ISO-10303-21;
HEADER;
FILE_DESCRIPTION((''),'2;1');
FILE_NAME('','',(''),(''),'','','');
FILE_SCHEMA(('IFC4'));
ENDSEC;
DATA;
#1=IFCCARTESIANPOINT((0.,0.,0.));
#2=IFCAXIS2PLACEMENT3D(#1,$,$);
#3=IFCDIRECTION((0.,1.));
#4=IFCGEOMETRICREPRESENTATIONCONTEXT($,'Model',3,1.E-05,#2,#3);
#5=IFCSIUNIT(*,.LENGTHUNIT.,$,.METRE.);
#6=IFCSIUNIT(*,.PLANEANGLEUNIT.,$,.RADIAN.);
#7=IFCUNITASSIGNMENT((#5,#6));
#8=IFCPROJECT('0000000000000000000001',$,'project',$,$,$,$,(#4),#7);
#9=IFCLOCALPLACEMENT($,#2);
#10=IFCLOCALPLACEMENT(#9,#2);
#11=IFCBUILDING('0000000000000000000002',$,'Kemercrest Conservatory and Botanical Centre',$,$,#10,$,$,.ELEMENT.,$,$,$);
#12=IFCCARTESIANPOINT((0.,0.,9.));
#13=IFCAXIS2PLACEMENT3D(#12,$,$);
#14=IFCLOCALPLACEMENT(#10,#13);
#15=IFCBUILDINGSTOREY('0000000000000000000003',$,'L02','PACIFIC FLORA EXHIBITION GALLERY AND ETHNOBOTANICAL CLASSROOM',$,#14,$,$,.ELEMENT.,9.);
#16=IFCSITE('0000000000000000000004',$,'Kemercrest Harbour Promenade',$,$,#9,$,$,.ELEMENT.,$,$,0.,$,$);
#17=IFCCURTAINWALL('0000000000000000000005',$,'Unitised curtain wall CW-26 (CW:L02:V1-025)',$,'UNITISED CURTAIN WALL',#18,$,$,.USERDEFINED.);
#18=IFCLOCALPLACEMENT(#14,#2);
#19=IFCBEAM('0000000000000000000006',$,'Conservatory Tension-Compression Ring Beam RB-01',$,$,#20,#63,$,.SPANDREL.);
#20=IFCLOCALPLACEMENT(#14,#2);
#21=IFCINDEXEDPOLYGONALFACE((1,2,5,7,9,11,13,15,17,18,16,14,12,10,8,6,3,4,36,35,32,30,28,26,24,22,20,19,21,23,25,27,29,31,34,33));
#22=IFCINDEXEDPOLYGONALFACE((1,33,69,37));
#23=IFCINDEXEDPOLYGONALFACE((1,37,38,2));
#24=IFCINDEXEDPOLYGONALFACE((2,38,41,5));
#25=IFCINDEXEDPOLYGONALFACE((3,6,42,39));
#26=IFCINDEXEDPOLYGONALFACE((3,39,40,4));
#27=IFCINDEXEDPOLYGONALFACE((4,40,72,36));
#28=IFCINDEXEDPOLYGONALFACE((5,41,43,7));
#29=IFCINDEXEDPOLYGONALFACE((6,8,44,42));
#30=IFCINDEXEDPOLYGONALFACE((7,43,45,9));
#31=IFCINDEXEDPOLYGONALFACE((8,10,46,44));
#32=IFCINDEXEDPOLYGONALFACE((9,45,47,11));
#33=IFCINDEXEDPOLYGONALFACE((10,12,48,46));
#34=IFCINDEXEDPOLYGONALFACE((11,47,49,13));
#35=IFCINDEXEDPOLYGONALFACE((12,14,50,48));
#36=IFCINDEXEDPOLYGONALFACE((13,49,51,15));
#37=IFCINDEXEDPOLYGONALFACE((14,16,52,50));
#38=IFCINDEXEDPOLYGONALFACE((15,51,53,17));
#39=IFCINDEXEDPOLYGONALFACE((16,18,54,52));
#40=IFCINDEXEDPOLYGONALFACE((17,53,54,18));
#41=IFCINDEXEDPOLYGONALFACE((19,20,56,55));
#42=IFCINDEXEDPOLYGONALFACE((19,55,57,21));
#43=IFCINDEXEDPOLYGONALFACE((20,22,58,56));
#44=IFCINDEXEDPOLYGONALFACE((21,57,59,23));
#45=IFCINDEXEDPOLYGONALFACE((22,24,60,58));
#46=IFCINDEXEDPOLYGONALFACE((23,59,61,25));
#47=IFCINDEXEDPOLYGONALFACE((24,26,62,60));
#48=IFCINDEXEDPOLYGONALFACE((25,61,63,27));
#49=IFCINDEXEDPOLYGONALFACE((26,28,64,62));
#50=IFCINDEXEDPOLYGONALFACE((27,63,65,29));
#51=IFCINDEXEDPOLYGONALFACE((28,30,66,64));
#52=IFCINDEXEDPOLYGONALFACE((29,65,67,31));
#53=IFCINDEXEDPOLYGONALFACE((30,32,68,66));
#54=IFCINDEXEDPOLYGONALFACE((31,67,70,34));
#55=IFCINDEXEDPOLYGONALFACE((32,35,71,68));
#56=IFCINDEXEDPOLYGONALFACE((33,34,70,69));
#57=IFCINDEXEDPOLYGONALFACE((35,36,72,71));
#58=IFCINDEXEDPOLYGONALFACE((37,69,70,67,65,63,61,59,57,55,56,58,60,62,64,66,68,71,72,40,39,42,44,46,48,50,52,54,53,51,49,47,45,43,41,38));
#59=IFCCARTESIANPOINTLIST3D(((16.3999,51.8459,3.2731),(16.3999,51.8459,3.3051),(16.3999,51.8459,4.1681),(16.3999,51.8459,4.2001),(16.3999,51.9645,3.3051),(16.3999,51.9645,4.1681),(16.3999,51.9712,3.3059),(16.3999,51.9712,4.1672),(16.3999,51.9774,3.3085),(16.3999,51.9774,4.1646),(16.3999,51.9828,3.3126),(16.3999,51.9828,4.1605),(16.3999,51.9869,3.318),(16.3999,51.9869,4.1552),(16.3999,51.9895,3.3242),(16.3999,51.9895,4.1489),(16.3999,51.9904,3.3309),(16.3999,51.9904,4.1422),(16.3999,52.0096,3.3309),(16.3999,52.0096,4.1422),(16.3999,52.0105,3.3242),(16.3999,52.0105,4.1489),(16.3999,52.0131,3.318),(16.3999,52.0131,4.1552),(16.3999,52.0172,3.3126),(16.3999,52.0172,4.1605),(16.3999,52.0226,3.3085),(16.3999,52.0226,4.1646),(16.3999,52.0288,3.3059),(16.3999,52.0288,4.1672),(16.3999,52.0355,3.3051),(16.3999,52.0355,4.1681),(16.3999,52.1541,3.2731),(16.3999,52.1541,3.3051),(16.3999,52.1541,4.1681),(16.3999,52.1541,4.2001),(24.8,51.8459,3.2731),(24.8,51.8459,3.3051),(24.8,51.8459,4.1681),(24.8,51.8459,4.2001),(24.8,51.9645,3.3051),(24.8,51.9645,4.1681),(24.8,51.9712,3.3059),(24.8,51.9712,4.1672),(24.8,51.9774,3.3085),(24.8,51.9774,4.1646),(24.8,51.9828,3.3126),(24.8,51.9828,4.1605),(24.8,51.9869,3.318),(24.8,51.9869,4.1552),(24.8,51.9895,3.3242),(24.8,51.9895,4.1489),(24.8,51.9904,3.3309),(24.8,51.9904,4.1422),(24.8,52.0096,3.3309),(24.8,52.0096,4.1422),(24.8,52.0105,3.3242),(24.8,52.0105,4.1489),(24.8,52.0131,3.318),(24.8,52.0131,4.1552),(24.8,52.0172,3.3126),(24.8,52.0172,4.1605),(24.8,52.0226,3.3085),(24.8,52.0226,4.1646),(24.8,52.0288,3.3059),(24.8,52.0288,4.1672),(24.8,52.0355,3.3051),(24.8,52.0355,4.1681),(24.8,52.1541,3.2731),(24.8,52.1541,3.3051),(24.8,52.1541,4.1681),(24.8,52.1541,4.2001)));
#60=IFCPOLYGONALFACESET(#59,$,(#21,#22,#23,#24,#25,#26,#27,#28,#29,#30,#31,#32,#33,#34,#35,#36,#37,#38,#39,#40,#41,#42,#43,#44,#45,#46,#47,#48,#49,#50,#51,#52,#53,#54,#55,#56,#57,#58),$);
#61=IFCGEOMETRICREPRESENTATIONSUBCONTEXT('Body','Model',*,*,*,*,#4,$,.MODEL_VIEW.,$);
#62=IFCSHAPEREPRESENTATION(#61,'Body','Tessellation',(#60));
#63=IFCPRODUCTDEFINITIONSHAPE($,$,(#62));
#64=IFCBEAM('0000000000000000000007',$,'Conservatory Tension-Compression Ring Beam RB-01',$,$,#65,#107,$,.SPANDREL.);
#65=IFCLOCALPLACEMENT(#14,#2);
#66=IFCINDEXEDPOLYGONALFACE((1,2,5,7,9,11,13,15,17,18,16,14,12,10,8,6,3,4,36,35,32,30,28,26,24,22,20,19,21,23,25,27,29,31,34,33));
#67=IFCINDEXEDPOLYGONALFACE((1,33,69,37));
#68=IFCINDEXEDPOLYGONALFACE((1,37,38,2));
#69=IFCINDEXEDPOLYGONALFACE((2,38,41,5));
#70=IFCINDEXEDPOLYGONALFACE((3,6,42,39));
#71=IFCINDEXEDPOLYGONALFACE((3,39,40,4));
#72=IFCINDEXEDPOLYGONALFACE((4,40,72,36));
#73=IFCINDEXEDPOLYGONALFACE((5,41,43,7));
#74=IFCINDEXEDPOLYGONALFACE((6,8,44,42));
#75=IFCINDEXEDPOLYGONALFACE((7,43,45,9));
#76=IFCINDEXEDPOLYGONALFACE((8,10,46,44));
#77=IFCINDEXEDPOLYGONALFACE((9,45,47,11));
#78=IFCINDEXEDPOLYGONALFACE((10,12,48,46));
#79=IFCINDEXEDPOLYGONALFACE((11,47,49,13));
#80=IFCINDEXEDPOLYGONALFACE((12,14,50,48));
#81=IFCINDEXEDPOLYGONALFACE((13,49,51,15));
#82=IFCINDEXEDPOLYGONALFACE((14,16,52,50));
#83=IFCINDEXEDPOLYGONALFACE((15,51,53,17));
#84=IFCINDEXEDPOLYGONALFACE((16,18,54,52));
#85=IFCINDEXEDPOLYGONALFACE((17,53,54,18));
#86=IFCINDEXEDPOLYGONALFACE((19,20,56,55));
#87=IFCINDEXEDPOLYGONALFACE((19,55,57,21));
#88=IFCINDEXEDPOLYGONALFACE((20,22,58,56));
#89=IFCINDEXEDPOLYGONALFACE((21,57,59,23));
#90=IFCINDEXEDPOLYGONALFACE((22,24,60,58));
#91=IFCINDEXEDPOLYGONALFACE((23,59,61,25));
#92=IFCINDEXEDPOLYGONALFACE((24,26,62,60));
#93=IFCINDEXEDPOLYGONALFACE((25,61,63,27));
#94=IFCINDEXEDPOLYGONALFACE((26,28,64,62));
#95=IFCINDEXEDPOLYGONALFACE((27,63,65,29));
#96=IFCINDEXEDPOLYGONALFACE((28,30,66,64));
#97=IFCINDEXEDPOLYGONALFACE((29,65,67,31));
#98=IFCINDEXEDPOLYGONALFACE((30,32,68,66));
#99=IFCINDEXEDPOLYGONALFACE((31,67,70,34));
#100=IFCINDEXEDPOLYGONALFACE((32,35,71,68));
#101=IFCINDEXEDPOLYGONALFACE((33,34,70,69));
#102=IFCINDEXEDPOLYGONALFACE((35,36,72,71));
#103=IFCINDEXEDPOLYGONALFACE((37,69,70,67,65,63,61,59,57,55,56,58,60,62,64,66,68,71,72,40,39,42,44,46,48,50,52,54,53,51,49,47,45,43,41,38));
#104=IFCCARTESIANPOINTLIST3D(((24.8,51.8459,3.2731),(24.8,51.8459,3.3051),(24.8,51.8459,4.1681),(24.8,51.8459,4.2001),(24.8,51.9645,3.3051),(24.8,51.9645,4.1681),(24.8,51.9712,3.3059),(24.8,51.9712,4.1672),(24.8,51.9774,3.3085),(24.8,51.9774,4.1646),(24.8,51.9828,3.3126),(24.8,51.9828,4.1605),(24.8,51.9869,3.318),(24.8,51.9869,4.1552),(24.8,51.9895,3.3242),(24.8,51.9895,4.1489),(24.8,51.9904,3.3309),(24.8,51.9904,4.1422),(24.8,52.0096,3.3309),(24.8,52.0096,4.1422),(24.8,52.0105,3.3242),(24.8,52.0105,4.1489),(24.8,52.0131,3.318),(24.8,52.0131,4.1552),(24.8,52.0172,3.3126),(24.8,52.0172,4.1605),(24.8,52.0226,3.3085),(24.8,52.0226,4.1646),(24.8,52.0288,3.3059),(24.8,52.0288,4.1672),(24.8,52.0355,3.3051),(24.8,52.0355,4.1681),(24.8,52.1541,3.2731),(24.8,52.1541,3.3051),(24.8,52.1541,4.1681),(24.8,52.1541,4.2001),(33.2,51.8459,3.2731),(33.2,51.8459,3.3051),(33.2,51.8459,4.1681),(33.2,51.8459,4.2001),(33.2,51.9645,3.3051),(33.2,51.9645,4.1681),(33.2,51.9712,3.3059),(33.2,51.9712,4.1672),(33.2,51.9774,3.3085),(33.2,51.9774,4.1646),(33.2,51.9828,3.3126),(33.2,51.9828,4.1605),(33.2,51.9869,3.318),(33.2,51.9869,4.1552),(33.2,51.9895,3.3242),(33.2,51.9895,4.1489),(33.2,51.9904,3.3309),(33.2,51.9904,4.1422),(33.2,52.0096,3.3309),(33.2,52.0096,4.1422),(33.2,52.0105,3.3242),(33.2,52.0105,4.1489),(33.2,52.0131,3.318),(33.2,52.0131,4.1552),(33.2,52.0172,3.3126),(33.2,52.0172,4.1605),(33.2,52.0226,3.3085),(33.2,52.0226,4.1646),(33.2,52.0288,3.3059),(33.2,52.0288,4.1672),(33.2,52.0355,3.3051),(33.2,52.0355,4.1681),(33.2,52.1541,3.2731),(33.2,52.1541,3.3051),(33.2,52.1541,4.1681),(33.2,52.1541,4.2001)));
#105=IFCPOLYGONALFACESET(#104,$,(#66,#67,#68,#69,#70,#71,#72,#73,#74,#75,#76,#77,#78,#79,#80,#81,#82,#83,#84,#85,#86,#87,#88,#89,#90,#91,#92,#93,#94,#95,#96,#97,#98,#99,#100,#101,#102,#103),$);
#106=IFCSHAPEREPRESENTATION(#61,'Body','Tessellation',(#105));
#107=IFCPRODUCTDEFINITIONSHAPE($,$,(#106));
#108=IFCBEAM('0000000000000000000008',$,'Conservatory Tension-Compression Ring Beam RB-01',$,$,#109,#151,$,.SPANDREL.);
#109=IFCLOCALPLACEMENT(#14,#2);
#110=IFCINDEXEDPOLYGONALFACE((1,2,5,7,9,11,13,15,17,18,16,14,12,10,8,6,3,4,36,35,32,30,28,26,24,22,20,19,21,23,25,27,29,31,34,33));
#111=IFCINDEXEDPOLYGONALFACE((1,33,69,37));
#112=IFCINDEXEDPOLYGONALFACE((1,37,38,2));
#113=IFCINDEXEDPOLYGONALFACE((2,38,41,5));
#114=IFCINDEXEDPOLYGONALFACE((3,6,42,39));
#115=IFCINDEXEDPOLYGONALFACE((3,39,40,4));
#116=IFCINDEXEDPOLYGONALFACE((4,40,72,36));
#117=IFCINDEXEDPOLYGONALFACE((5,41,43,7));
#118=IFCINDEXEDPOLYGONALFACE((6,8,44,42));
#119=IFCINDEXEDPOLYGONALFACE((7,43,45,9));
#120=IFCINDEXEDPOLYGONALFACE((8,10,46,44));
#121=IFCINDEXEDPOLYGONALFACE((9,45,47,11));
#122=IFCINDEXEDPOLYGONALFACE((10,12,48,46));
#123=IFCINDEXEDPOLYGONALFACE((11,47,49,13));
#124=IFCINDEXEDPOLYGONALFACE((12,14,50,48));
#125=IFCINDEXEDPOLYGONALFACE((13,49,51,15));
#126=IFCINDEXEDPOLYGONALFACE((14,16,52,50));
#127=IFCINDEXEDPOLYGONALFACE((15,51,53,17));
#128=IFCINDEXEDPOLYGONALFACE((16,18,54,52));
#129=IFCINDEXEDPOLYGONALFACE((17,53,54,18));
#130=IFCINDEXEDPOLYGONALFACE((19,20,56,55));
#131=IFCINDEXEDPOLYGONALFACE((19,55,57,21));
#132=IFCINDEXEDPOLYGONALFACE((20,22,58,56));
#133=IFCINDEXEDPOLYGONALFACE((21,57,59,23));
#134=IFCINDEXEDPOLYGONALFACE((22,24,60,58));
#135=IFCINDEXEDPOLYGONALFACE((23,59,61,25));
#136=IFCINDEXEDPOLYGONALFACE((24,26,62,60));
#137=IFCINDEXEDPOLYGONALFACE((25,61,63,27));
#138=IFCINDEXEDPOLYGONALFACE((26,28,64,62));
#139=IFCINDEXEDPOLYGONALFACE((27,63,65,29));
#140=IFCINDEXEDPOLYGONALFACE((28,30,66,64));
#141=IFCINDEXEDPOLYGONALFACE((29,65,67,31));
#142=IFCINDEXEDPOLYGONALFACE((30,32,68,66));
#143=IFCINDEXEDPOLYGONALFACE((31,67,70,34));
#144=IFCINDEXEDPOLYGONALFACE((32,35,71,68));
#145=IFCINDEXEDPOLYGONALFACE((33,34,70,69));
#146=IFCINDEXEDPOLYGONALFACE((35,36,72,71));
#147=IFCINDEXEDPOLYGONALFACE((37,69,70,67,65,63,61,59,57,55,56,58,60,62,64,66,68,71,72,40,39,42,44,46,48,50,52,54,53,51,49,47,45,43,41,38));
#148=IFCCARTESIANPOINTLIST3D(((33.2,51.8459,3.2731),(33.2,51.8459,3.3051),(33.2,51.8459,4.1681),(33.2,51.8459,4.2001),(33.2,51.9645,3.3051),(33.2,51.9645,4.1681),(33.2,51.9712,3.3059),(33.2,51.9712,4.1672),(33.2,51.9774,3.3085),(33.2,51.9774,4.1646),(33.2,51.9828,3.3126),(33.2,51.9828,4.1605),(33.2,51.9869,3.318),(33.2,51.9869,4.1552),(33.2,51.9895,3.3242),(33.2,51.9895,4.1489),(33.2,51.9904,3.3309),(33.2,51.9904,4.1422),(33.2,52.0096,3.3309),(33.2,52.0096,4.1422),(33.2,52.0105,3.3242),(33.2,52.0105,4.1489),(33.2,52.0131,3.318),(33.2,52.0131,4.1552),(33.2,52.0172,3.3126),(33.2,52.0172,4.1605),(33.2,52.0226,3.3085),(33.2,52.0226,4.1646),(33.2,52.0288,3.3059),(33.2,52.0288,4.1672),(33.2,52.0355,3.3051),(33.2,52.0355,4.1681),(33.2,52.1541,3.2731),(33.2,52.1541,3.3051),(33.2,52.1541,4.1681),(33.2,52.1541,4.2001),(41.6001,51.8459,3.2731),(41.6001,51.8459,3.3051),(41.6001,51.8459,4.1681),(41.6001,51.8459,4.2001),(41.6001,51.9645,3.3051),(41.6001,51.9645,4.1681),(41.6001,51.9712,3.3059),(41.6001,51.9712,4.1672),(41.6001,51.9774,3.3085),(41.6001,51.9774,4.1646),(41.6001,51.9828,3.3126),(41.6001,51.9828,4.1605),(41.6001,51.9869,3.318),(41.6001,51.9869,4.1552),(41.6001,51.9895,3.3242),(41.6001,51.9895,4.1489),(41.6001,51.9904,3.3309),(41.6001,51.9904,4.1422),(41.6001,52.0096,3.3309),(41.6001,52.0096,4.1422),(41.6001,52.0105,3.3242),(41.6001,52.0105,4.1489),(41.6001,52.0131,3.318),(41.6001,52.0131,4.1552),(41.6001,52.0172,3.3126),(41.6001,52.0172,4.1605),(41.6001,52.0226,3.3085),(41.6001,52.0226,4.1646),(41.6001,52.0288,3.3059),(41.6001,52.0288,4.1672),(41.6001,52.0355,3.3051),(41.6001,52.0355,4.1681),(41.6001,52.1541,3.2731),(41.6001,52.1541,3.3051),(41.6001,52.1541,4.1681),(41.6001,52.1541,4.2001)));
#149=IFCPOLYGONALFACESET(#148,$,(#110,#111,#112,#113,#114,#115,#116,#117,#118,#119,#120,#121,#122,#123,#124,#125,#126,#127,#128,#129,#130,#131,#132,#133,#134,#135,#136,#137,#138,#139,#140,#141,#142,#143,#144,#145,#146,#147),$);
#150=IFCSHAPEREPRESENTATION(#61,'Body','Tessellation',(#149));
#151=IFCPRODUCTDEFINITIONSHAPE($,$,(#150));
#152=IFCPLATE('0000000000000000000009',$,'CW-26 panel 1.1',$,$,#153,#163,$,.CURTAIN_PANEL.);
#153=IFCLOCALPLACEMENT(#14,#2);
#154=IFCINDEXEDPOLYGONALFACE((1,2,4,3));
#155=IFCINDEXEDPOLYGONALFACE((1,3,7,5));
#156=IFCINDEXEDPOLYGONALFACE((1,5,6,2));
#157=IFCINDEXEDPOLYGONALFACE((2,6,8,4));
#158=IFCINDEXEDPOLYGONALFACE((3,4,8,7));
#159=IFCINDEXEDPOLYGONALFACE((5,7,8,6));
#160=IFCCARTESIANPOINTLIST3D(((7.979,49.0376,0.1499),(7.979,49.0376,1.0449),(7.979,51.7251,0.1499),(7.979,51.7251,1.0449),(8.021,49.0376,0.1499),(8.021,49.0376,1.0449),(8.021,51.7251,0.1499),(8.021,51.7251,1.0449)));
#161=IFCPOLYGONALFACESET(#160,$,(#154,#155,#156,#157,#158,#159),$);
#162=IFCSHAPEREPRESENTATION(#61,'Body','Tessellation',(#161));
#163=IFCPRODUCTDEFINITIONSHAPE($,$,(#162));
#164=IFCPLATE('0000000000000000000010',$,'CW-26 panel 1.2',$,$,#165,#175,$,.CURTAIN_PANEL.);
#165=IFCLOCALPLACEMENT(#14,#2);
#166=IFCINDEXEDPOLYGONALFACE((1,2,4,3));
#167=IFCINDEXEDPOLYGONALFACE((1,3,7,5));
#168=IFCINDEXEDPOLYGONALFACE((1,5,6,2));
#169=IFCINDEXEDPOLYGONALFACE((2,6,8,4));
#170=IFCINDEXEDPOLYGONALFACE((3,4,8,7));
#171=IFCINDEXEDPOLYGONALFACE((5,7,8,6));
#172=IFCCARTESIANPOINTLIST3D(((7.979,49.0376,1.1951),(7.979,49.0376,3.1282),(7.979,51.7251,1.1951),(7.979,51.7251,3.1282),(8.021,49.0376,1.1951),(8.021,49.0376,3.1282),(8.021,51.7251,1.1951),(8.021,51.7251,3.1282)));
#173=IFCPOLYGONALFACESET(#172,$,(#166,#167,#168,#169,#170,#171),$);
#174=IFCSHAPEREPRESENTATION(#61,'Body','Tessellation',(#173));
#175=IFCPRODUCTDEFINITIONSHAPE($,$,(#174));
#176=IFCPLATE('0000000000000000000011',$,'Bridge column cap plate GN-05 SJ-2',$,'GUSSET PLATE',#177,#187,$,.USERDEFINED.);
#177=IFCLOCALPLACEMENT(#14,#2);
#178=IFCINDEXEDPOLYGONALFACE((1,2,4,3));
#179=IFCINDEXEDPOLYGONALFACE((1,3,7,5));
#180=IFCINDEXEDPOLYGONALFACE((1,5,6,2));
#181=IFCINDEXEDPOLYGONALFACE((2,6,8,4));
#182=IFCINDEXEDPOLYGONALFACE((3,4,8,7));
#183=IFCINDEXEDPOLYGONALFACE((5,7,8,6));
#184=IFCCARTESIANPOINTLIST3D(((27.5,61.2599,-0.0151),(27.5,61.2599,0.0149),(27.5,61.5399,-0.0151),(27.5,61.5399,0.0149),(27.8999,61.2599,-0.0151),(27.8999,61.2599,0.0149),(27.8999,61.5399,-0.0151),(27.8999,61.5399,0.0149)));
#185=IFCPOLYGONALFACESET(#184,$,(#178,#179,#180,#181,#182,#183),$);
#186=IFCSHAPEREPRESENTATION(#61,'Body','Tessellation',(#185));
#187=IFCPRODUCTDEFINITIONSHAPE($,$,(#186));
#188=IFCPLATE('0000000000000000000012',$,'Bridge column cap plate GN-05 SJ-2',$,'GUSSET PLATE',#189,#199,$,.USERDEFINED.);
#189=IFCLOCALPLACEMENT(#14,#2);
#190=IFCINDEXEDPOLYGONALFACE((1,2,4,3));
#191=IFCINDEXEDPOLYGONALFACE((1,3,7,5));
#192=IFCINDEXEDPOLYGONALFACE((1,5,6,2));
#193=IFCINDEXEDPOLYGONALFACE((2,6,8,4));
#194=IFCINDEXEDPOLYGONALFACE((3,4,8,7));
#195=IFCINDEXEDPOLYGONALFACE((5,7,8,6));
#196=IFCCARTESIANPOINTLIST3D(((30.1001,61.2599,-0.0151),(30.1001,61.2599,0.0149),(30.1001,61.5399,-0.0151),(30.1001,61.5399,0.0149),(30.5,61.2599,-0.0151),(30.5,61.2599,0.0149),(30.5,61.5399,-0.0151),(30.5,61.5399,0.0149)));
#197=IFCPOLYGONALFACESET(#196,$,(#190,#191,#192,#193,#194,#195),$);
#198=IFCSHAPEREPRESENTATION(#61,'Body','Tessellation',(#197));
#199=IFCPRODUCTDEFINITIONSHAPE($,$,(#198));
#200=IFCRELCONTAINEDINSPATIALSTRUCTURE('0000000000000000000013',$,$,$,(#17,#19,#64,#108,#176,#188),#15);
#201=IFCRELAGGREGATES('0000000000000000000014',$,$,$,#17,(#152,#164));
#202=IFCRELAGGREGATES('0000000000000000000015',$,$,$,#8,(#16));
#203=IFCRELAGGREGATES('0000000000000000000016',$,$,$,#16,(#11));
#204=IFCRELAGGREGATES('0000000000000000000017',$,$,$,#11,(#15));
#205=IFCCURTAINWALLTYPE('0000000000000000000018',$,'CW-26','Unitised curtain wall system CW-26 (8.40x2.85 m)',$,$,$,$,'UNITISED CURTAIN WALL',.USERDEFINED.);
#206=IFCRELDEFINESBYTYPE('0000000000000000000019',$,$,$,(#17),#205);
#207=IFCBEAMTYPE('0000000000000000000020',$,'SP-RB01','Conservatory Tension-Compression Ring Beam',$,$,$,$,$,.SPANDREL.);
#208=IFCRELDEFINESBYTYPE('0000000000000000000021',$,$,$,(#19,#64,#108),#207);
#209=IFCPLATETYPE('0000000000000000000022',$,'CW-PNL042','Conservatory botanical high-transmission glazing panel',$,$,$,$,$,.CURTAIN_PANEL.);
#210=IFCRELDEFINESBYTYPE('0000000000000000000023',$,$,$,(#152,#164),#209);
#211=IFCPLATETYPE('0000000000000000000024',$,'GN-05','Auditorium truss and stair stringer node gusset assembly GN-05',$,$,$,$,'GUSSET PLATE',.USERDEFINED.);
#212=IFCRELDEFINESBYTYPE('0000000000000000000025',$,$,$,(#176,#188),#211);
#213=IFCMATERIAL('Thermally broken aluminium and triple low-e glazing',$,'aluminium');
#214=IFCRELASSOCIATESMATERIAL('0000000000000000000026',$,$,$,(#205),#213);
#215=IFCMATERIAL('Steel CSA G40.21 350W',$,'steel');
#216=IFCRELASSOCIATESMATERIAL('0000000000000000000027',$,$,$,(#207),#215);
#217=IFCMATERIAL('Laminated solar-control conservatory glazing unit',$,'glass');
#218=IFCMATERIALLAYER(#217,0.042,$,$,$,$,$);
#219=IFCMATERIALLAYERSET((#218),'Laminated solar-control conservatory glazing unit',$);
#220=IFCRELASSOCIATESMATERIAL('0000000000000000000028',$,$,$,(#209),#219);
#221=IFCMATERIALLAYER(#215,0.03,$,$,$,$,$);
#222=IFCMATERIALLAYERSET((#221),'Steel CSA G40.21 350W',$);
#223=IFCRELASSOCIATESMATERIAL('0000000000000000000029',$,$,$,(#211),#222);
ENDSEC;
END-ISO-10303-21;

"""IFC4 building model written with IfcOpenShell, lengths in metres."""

from ifc_helpers import new_model, si_unit, direction, frame, origin, origin_2d, place, context, subcontext, project, spatial, rectangle, i_section, extrude, material, layer, layer_set, material_profile, profile_set, type_object, element, aggregate, save


model = new_model("IFC4")

# Units and contexts
model_context = context("Model", 3, precision=1e-05, world=origin(), true_north=direction((0.0, 1.0)))
body_context = subcontext(model_context, "Body", "Model", "MODEL_VIEW")
ifc_project = project(units=[si_unit("LENGTHUNIT", "METRE"), si_unit("PLANEANGLEUNIT", "RADIAN")], contexts=[model_context])

# Site, building, storey
site_placement = place(None, origin())
site = spatial("IfcSite", under=ifc_project, at=site_placement, Name="Kemercrest Harbour Promenade", CompositionType="ELEMENT", RefElevation=0.0)
building_placement = place(site_placement, origin())
building = spatial("IfcBuilding", under=site, at=building_placement, Name="Kemercrest Conservatory and Botanical Centre", CompositionType="ELEMENT")
storey_placement = place(building_placement, frame((0.0, 0.0, 9.0)))
storey = spatial("IfcBuildingStorey", under=building, at=storey_placement, Name="L02", Description="PACIFIC FLORA EXHIBITION GALLERY AND ETHNOBOTANICAL CLASSROOM", CompositionType="ELEMENT", Elevation=9.0)

# Shared definitions
ifc_material_1 = material(Name="Steel CSA G40.21 350W", Category="steel")

# Curtain wall
ifc_material_2 = material(Name="Thermally broken aluminium and triple low-e glazing", Category="aluminium")
curtain_wall_type = type_object("IfcCurtainWallType", Name="CW-26", Description="Unitised curtain wall system CW-26 (8.40x2.85 m)", ElementType="UNITISED CURTAIN WALL", PredefinedType="USERDEFINED", material=ifc_material_2)
curtain_wall_placement = place(storey_placement, origin())
curtain_wall = element("IfcCurtainWall", 1, at=curtain_wall_placement, inside=storey, type_object=curtain_wall_type, Name="Unitised curtain wall CW-26 (CW:L02:V1-025)", ObjectType="UNITISED CURTAIN WALL", PredefinedType="USERDEFINED")

# Beams
ifc_material_profile_1 = material_profile(ifc_material_1, i_section(OverallWidth=0.3081, OverallDepth=0.927, WebThickness=0.0193, FlangeThickness=0.032, FilletRadius=0.0259, at=origin_2d()), Name="W920X289")
ifc_profile_set_1 = profile_set([ifc_material_profile_1], Name="Steel CSA G40.21 350W")
beam_type = type_object("IfcBeamType", Name="SP-RB01", Description="Conservatory Tension-Compression Ring Beam", PredefinedType="SPANDREL", material=ifc_profile_set_1)
beam_1_placement = place(storey_placement, frame((16.3999, 52.0, 3.7366), z_axis=(1.0, 0.0, 0.0), x_axis=(0.0, 1.0, 0.0)))
element("IfcBeam", 2, at=beam_1_placement, inside=storey, type_object=beam_type, Name="Conservatory Tension-Compression Ring Beam RB-01", PredefinedType="SPANDREL", context=body_context, shape_type="SweptSolid", body=[
    extrude(i_section(OverallWidth=0.3081, OverallDepth=0.927, WebThickness=0.0193, FlangeThickness=0.032, FilletRadius=0.0259, at=origin_2d()), origin(), (0.0, 0.0, 1.0), 8.4001),
])
beam_2_placement = place(storey_placement, frame((24.8, 52.0, 3.7366), z_axis=(1.0, 0.0, 0.0), x_axis=(0.0, 1.0, 0.0)))
element("IfcBeam", 3, at=beam_2_placement, inside=storey, type_object=beam_type, Name="Conservatory Tension-Compression Ring Beam RB-01", PredefinedType="SPANDREL", context=body_context, shape_type="SweptSolid", body=[
    extrude(i_section(OverallWidth=0.3081, OverallDepth=0.927, WebThickness=0.0193, FlangeThickness=0.032, FilletRadius=0.0259, at=origin_2d()), origin(), (0.0, 0.0, 1.0), 8.3999),
])
beam_3_placement = place(storey_placement, frame((33.2, 52.0, 3.7366), z_axis=(1.0, 0.0, 0.0), x_axis=(0.0, 1.0, 0.0)))
element("IfcBeam", 4, at=beam_3_placement, inside=storey, type_object=beam_type, Name="Conservatory Tension-Compression Ring Beam RB-01", PredefinedType="SPANDREL", context=body_context, shape_type="SweptSolid", body=[
    extrude(i_section(OverallWidth=0.3081, OverallDepth=0.927, WebThickness=0.0193, FlangeThickness=0.032, FilletRadius=0.0259, at=origin_2d()), origin(), (0.0, 0.0, 1.0), 8.4001),
])

# Plates
ifc_material_3 = material(Name="Laminated solar-control conservatory glazing unit", Category="glass")
ifc_layer_1 = layer(ifc_material_3, 0.042)
ifc_layer_set_1 = layer_set([ifc_layer_1], Name="Laminated solar-control conservatory glazing unit")
plate_type_1 = type_object("IfcPlateType", Name="CW-PNL042", Description="Conservatory botanical high-transmission glazing panel", PredefinedType="CURTAIN_PANEL", material=ifc_layer_set_1)
plate_1_placement = place(storey_placement, frame((8.0, 50.3813, 0.1499), z_axis=(0.0, 0.0, 1.0), x_axis=(0.0, -1.0, 0.0)))
plate_1 = element("IfcPlate", 5, at=plate_1_placement, type_object=plate_type_1, Name="CW-26 panel 1.1", PredefinedType="CURTAIN_PANEL", context=body_context, shape_type="SweptSolid", body=[
    extrude(rectangle(XDim=2.6875, YDim=0.042, at=origin_2d()), origin(), (0.0, 0.0, 1.0), 0.895),
])
plate_2_placement = place(storey_placement, frame((8.0, 50.3813, 1.1951), z_axis=(0.0, 0.0, 1.0), x_axis=(0.0, -1.0, 0.0)))
plate_2 = element("IfcPlate", 6, at=plate_2_placement, type_object=plate_type_1, Name="CW-26 panel 1.2", PredefinedType="CURTAIN_PANEL", context=body_context, shape_type="SweptSolid", body=[
    extrude(rectangle(XDim=2.6875, YDim=0.042, at=origin_2d()), origin(), (0.0, 0.0, 1.0), 1.9331),
])
aggregate(curtain_wall, [plate_1, plate_2])

# Plates
ifc_layer_2 = layer(ifc_material_1, 0.03)
ifc_layer_set_2 = layer_set([ifc_layer_2], Name="Steel CSA G40.21 350W")
plate_type_2 = type_object("IfcPlateType", Name="GN-05", Description="Auditorium truss and stair stringer node gusset assembly GN-05", ElementType="GUSSET PLATE", PredefinedType="USERDEFINED", material=ifc_layer_set_2)
for number, where, z_axis, x_axis, name in (
    (7, (27.7, 61.3999, -0.0151), (0.0, 0.0, 1.0), (1.0, 0.0, 0.0), "Bridge column cap plate GN-05 SJ-2"),
    (8, (30.3, 61.3999, -0.0151), (0.0, 0.0, 1.0), (1.0, 0.0, 0.0), "Bridge column cap plate GN-05 SJ-2"),
):
    element("IfcPlate", number, at=place(storey_placement, frame(where, z_axis=z_axis, x_axis=x_axis)), inside=storey, type_object=plate_type_2, Name=name, ObjectType="GUSSET PLATE", PredefinedType="USERDEFINED", context=body_context, shape_type="SweptSolid", body=[
        extrude(rectangle(XDim=0.3999, YDim=0.28, at=origin_2d()), origin(), (0.0, 0.0, 1.0), 0.03),
    ])

save(model, "model.ifc")
